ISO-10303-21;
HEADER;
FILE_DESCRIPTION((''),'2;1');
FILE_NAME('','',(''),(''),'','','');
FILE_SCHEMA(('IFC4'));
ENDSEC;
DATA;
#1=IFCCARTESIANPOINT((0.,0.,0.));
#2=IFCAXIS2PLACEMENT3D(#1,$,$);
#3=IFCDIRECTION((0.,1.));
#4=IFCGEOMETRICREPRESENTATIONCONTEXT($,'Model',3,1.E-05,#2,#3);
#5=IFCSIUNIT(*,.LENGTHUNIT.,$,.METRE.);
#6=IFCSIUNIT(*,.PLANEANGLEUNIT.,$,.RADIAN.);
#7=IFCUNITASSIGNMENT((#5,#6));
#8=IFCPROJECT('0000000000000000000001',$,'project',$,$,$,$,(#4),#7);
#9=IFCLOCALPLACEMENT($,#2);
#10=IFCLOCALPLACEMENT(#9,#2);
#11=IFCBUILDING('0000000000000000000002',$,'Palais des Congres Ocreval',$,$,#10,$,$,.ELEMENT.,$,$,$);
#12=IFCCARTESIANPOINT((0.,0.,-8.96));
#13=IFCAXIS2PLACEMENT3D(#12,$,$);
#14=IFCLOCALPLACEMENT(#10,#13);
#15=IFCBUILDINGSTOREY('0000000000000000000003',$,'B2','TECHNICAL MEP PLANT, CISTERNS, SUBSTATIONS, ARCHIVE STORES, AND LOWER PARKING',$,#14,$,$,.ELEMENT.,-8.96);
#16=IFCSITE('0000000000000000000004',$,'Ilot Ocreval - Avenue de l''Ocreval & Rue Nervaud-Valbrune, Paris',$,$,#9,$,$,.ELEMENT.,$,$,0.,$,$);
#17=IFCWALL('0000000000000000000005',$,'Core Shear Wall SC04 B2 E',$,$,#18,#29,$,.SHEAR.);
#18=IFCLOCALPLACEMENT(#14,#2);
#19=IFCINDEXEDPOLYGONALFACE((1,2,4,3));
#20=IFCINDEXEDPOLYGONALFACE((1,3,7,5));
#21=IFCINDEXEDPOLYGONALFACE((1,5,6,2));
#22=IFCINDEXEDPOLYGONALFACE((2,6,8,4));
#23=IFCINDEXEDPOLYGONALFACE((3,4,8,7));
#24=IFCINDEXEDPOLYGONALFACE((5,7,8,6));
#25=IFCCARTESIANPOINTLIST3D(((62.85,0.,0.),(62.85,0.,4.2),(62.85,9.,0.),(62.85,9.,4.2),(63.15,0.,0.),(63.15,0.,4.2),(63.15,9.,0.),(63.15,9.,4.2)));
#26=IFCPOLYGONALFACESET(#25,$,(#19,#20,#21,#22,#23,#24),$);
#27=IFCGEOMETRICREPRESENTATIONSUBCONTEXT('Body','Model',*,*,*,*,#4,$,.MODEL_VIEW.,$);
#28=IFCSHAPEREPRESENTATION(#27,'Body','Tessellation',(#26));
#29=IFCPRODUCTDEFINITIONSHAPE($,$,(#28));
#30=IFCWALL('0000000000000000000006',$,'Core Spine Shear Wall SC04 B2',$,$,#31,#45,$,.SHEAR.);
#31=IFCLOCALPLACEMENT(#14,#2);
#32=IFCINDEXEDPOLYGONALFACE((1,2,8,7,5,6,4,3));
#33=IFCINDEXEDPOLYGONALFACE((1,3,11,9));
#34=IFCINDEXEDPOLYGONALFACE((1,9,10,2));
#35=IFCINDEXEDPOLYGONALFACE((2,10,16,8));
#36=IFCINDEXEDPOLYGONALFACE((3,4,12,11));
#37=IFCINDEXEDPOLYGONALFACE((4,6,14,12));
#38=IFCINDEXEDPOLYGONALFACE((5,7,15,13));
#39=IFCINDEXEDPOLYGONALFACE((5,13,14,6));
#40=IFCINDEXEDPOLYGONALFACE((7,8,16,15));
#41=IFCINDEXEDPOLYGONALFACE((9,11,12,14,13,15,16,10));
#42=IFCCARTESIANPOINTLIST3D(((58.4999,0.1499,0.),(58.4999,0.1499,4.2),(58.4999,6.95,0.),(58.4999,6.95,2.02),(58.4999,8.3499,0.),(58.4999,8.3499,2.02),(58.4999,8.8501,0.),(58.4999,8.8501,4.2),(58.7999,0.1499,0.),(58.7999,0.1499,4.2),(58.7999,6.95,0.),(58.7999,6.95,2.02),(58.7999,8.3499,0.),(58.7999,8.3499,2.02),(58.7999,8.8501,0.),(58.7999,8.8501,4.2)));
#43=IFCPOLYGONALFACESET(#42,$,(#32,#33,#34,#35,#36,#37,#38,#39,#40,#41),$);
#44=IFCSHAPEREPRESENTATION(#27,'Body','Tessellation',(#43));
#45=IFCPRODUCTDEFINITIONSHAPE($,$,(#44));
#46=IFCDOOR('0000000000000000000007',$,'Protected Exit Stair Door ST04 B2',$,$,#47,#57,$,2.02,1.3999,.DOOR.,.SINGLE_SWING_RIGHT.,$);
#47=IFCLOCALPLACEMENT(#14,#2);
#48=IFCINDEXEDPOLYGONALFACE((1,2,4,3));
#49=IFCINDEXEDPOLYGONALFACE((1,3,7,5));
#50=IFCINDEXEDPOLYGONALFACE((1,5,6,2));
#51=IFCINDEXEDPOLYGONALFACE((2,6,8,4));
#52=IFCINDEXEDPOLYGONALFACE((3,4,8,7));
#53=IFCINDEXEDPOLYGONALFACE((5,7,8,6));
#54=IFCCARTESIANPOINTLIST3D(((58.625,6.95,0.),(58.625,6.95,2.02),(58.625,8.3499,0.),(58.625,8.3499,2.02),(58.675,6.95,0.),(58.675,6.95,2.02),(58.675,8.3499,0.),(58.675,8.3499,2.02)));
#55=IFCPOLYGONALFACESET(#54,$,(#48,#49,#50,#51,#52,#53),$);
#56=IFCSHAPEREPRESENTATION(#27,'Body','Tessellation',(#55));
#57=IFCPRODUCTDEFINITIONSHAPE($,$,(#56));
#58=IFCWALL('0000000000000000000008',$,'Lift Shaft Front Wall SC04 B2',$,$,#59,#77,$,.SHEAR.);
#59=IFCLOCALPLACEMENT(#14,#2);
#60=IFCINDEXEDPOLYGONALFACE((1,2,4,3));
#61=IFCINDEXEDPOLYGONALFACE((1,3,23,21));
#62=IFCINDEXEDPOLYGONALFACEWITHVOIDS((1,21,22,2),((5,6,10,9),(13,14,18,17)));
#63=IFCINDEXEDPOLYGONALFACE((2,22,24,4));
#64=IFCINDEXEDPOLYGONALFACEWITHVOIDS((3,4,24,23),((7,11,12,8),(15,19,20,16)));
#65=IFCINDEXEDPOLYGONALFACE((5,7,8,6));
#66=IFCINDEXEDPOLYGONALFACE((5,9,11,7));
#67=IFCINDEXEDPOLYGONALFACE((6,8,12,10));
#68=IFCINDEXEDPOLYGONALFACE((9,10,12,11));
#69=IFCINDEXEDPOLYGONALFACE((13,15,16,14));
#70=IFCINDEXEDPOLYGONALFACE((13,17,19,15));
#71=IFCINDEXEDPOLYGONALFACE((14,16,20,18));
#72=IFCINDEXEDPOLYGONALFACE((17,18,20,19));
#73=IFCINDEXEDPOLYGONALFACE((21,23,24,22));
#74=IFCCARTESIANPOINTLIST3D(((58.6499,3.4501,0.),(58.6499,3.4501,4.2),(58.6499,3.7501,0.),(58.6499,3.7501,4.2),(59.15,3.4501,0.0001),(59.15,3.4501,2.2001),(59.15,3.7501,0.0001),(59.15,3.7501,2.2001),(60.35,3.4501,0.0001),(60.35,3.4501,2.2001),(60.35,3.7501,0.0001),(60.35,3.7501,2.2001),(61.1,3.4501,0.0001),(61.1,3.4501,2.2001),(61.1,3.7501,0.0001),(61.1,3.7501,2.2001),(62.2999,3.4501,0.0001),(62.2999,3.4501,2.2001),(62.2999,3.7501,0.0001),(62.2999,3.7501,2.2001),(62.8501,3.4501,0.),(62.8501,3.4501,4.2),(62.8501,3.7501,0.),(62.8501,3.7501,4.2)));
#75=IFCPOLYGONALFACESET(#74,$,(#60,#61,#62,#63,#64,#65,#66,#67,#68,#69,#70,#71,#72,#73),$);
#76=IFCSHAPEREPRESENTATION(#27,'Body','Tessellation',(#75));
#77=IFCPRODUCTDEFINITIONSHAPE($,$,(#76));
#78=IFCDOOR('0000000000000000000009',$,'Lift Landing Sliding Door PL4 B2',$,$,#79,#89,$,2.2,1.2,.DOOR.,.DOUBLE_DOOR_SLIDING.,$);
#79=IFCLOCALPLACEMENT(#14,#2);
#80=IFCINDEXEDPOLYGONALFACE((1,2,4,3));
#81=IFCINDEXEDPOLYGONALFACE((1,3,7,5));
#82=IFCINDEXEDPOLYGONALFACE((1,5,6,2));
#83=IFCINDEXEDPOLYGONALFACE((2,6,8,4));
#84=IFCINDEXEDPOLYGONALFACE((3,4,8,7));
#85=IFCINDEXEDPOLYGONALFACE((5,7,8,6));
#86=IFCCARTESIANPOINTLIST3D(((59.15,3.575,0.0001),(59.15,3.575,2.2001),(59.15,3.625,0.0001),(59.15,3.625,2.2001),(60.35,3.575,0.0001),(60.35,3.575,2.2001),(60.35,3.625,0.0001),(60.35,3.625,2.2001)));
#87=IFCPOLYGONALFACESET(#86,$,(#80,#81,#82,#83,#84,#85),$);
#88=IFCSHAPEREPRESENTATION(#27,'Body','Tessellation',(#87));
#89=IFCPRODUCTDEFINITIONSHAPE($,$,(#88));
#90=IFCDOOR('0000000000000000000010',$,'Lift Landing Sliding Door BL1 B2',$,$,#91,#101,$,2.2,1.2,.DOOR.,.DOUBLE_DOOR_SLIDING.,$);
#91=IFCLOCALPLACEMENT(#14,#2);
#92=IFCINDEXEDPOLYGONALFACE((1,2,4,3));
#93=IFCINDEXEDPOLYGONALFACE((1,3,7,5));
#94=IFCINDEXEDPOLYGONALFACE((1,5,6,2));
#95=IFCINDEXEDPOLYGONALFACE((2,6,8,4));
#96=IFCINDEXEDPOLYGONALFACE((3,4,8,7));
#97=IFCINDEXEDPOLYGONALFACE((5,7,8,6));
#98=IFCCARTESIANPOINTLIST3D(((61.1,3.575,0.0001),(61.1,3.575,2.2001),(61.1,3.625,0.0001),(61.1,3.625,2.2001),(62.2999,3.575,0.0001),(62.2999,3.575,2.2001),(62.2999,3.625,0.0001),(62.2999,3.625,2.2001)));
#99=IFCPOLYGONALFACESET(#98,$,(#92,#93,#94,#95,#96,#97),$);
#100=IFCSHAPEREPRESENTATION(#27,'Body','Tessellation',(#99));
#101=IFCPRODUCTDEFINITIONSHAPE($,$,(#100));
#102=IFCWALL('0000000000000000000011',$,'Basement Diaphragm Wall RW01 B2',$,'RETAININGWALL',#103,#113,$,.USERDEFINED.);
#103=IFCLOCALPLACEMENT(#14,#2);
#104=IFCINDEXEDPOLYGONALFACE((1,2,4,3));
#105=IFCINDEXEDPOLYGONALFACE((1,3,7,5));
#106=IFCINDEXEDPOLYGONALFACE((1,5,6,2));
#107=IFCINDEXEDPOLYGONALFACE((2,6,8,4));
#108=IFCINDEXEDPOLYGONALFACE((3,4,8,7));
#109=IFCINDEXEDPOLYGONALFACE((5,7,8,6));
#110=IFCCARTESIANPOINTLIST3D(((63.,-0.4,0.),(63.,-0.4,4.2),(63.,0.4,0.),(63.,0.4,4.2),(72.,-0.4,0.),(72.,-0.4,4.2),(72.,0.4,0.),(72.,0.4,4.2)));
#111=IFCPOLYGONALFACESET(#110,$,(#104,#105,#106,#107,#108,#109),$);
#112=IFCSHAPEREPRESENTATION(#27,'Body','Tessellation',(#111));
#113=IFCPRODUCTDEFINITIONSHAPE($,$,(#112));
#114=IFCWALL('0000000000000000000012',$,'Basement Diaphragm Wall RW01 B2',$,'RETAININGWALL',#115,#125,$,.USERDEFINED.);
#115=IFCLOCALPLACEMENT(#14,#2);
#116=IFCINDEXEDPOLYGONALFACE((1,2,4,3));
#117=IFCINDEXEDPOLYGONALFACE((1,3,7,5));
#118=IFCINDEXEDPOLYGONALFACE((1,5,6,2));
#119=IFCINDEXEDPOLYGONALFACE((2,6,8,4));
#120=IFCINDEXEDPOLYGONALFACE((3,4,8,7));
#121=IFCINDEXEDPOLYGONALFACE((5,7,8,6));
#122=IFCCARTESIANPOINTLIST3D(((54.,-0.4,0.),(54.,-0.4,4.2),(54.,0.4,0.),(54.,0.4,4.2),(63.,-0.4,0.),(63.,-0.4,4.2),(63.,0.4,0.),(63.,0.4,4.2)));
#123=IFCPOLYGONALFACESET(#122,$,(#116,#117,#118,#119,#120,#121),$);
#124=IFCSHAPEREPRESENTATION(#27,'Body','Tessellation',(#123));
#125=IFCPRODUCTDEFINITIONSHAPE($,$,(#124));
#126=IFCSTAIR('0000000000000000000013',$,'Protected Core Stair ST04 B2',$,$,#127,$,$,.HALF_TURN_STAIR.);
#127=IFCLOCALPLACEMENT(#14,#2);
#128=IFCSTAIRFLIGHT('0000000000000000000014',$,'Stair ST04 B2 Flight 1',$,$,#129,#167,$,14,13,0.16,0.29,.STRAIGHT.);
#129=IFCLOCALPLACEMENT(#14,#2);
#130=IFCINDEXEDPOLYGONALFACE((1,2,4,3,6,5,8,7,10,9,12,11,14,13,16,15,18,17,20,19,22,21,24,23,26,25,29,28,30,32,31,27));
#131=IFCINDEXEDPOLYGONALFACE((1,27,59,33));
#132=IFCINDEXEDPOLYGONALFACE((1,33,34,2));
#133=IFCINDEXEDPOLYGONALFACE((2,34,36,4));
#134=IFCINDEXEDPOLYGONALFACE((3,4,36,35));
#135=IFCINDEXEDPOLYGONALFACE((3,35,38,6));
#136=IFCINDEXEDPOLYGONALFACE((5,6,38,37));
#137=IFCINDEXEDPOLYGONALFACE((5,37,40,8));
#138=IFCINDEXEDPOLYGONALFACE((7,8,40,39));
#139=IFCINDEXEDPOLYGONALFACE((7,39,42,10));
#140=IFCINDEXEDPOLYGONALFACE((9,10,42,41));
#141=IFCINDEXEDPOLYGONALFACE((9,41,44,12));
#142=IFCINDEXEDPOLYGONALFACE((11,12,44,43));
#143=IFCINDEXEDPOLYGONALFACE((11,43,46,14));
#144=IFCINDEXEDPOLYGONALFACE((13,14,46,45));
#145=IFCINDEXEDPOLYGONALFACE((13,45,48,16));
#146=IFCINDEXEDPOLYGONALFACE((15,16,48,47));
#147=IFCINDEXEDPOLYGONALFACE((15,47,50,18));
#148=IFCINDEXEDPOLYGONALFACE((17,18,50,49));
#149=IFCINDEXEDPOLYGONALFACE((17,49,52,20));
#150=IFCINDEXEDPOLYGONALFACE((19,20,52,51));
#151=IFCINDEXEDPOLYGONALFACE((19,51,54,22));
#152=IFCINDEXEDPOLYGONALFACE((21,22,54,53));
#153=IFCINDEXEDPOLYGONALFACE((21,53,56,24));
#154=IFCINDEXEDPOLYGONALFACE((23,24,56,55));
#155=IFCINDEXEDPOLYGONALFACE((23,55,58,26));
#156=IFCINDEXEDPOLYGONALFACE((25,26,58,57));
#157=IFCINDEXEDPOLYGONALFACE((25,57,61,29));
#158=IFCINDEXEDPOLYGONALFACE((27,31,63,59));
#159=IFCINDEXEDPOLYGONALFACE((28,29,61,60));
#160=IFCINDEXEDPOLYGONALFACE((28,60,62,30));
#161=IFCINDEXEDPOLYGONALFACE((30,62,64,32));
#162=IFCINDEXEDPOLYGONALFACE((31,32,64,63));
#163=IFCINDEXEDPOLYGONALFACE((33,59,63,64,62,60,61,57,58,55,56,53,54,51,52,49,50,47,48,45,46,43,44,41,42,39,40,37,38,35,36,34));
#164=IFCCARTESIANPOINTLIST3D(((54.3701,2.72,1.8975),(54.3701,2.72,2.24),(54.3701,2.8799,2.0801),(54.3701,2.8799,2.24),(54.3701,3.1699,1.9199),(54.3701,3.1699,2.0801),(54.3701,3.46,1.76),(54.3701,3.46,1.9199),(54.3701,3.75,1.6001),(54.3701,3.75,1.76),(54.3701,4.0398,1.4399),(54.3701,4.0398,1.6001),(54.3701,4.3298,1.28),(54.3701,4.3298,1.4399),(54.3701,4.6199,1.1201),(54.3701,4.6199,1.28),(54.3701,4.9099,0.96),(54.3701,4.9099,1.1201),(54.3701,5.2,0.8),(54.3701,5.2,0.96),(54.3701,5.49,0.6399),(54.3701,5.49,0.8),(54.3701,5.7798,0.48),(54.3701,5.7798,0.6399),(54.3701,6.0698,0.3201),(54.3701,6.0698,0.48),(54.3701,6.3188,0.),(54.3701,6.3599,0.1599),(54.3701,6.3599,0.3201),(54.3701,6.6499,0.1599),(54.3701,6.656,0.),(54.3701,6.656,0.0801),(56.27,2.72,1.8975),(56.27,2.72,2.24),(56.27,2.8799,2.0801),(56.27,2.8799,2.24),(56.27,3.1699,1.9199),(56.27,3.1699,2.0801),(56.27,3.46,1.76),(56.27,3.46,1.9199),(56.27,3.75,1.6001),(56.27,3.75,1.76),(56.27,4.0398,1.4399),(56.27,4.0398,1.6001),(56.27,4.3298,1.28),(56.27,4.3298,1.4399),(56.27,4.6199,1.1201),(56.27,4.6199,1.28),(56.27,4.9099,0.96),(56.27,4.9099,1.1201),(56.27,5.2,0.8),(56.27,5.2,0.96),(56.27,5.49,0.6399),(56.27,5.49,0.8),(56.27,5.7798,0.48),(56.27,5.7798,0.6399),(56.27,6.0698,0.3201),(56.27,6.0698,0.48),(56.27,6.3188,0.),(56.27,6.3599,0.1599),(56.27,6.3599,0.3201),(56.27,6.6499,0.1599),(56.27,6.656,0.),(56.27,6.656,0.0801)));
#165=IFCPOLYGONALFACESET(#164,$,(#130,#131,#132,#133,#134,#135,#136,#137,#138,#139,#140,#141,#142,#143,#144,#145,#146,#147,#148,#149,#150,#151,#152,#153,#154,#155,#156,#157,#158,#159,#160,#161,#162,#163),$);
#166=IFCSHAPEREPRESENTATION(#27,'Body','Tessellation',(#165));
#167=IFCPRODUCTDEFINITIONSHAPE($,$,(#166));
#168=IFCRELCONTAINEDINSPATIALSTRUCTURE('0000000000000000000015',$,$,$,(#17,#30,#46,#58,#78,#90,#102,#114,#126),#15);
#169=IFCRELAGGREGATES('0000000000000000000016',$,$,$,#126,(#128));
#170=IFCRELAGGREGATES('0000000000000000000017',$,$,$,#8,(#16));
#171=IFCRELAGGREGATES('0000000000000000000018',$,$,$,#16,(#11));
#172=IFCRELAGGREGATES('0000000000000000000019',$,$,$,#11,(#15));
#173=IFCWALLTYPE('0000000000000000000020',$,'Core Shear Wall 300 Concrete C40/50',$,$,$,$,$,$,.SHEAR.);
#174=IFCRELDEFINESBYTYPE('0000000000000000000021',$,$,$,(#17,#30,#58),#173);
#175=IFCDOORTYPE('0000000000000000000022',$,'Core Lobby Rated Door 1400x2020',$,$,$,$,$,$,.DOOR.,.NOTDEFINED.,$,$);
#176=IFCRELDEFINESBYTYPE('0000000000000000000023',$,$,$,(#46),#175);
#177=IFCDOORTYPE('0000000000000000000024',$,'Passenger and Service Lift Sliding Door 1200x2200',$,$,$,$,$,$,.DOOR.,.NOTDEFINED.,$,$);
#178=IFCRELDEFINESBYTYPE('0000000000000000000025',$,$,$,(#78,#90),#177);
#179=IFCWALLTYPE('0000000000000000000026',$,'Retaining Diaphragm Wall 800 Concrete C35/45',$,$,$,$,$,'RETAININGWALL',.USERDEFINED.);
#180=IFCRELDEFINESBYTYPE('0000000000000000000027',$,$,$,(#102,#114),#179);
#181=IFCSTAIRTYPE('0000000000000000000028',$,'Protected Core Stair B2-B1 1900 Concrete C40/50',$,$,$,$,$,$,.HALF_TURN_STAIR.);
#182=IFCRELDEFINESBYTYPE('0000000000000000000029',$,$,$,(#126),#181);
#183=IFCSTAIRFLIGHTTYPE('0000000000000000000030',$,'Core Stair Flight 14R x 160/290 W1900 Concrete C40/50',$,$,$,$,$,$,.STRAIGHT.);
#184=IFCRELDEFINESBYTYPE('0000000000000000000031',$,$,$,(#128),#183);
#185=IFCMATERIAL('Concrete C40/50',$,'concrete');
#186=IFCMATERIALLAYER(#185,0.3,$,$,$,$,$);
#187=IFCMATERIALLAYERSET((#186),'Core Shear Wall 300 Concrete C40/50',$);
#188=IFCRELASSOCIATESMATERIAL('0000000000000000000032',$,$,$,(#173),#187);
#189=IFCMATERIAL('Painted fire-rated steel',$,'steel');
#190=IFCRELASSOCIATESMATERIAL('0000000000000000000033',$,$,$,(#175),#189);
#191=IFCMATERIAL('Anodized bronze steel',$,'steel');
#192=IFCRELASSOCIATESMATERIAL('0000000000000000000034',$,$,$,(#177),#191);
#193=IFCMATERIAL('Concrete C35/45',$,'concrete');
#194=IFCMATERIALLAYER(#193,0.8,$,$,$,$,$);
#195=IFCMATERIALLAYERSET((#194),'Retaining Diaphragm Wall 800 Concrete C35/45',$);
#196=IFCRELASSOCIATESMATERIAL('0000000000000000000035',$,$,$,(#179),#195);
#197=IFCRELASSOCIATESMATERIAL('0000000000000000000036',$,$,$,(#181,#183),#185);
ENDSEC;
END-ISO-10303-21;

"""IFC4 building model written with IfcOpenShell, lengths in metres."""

from ifc_helpers import new_model, si_unit, direction, frame, frame_2d, origin, place, context, subcontext, project, spatial, polyline, rectangle, outline, extrude, material, layer, layer_set, type_object, element, fill, aggregate, save


model = new_model("IFC4")

# Units and contexts
model_context = context("Model", 3, precision=1e-05, world=origin(), true_north=direction((0.0, 1.0)))
body_context = subcontext(model_context, "Body", "Model", "MODEL_VIEW")
ifc_project = project(units=[si_unit("LENGTHUNIT", "METRE"), si_unit("PLANEANGLEUNIT", "RADIAN")], contexts=[model_context])

# Site, building, storey
site_placement = place(None, origin())
site = spatial("IfcSite", under=ifc_project, at=site_placement, Name="Ilot Ocreval - Avenue de l'Ocreval & Rue Nervaud-Valbrune, Paris", CompositionType="ELEMENT", RefElevation=0.0)
building_placement = place(site_placement, origin())
building = spatial("IfcBuilding", under=site, at=building_placement, Name="Palais des Congres Ocreval", CompositionType="ELEMENT")
storey_placement = place(building_placement, frame((0.0, 0.0, -8.96)))
storey = spatial("IfcBuildingStorey", under=building, at=storey_placement, Name="B2", Description="TECHNICAL MEP PLANT, CISTERNS, SUBSTATIONS, ARCHIVE STORES, AND LOWER PARKING", CompositionType="ELEMENT", Elevation=-8.96)

# Shared definitions
ifc_material_1 = material(Name="Concrete C35/45", Category="concrete")

# Shared definitions
ifc_material_2 = material(Name="Concrete C40/50", Category="concrete")

# Wall
ifc_layer_1 = layer(ifc_material_2, 0.3)
ifc_layer_set_1 = layer_set([ifc_layer_1], Name="Core Shear Wall 300 Concrete C40/50")
wall_type_1 = type_object("IfcWallType", Name="Core Shear Wall 300 Concrete C40/50", PredefinedType="SHEAR", material=ifc_layer_set_1)
wall_1_placement = place(storey_placement, frame((63.0, 0.0, 0.0), z_axis=(0.0, 0.0, 1.0), x_axis=(0.0, 1.0, 0.0)))
element("IfcWall", 1, at=wall_1_placement, inside=storey, type_object=wall_type_1, Name="Core Shear Wall SC04 B2 E", PredefinedType="SHEAR", context=body_context, shape_type="SweptSolid", body=[
    extrude(rectangle(XDim=9.0, YDim=0.3, at=frame_2d((4.5, 0.0))), origin(), (0.0, 0.0, 1.0), 4.2),
])

# Wall, opening, door
wall_2_placement = place(storey_placement, frame((58.6499, 0.1499, 0.0), z_axis=(0.0, 0.0, 1.0), x_axis=(0.0, 1.0, 0.0)))
wall_2 = element("IfcWall", 2, at=wall_2_placement, inside=storey, type_object=wall_type_1, Name="Core Spine Shear Wall SC04 B2", PredefinedType="SHEAR", context=body_context, shape_type="SweptSolid", body=[
    extrude(rectangle(XDim=8.7002, YDim=0.3, at=frame_2d((4.3501, 0.0))), origin(), (0.0, 0.0, 1.0), 4.2),
])
opening_1_placement = place(wall_2_placement, frame((6.8, 0.0, 0.0)))
opening_1 = element("IfcOpeningElement", 3, at=opening_1_placement, cuts=wall_2, PredefinedType="OPENING", context=body_context, shape_type="SweptSolid", body=[
    extrude(rectangle(XDim=1.3999, YDim=2.02, at=frame_2d((0.7, 1.01))), frame((0.0, 0.1599, 0.0), z_axis=(0.0, -1.0, 0.0), x_axis=(1.0, 0.0, 0.0)), (0.0, 0.0, 1.0), 0.3201),
])
ifc_material_3 = material(Name="Painted fire-rated steel", Category="steel")
door_type_1 = type_object("IfcDoorType", Name="Core Lobby Rated Door 1400x2020", OperationType="NOTDEFINED", PredefinedType="DOOR", material=ifc_material_3)
door_1_placement = place(opening_1_placement, origin())
door_1 = element("IfcDoor", 4, at=door_1_placement, inside=storey, type_object=door_type_1, Name="Protected Exit Stair Door ST04 B2", OperationType="SINGLE_SWING_RIGHT", OverallHeight=2.02, OverallWidth=1.3999, PredefinedType="DOOR", context=body_context, shape_type="SweptSolid", body=[
    extrude(rectangle(XDim=1.3999, YDim=2.02, at=frame_2d((0.7, 1.01))), frame((0.0, 0.0249, 0.0), z_axis=(0.0, -1.0, 0.0), x_axis=(1.0, 0.0, 0.0)), (0.0, 0.0, 1.0), 0.05),
])
fill(opening_1, door_1)

# Wall, openings, doors
wall_3_placement = place(storey_placement, frame((58.6499, 3.6001, 0.0), z_axis=(0.0, 0.0, 1.0), x_axis=(1.0, 0.0, 0.0)))
wall_3 = element("IfcWall", 5, at=wall_3_placement, inside=storey, type_object=wall_type_1, Name="Lift Shaft Front Wall SC04 B2", PredefinedType="SHEAR", context=body_context, shape_type="SweptSolid", body=[
    extrude(rectangle(XDim=4.2002, YDim=0.3, at=frame_2d((2.1001, 0.0))), origin(), (0.0, 0.0, 1.0), 4.2),
])
opening_2_placement = place(wall_3_placement, frame((0.5, 0.0, 0.0)))
opening_2 = element("IfcOpeningElement", 6, at=opening_2_placement, cuts=wall_3, PredefinedType="OPENING", context=body_context, shape_type="SweptSolid", body=[
    extrude(rectangle(XDim=1.2, YDim=2.2, at=frame_2d((0.6001, 1.1001))), frame((0.0, 0.1599, 0.0), z_axis=(0.0, -1.0, 0.0), x_axis=(1.0, 0.0, 0.0)), (0.0, 0.0, 1.0), 0.3201),
])
opening_3_placement = place(wall_3_placement, frame((2.45, 0.0, 0.0)))
opening_3 = element("IfcOpeningElement", 7, at=opening_3_placement, cuts=wall_3, PredefinedType="OPENING", context=body_context, shape_type="SweptSolid", body=[
    extrude(rectangle(XDim=1.2, YDim=2.2, at=frame_2d((0.6001, 1.1001))), frame((0.0, 0.1599, 0.0), z_axis=(0.0, -1.0, 0.0), x_axis=(1.0, 0.0, 0.0)), (0.0, 0.0, 1.0), 0.3201),
])
ifc_material_4 = material(Name="Anodized bronze steel", Category="steel")
door_type_2 = type_object("IfcDoorType", Name="Passenger and Service Lift Sliding Door 1200x2200", OperationType="NOTDEFINED", PredefinedType="DOOR", material=ifc_material_4)
door_2_placement = place(opening_2_placement, origin())
door_2 = element("IfcDoor", 8, at=door_2_placement, inside=storey, type_object=door_type_2, Name="Lift Landing Sliding Door PL4 B2", OperationType="DOUBLE_DOOR_SLIDING", OverallHeight=2.2, OverallWidth=1.2, PredefinedType="DOOR", context=body_context, shape_type="SweptSolid", body=[
    extrude(rectangle(XDim=1.2, YDim=2.2, at=frame_2d((0.6001, 1.1001))), frame((0.0, 0.0249, 0.0), z_axis=(0.0, -1.0, 0.0), x_axis=(1.0, 0.0, 0.0)), (0.0, 0.0, 1.0), 0.05),
])
fill(opening_2, door_2)
door_3_placement = place(opening_3_placement, origin())
door_3 = element("IfcDoor", 9, at=door_3_placement, inside=storey, type_object=door_type_2, Name="Lift Landing Sliding Door BL1 B2", OperationType="DOUBLE_DOOR_SLIDING", OverallHeight=2.2, OverallWidth=1.2, PredefinedType="DOOR", context=body_context, shape_type="SweptSolid", body=[
    extrude(rectangle(XDim=1.2, YDim=2.2, at=frame_2d((0.6001, 1.1001))), frame((0.0, 0.0249, 0.0), z_axis=(0.0, -1.0, 0.0), x_axis=(1.0, 0.0, 0.0)), (0.0, 0.0, 1.0), 0.05),
])
fill(opening_3, door_3)

# Walls
ifc_layer_2 = layer(ifc_material_1, 0.8)
ifc_layer_set_2 = layer_set([ifc_layer_2], Name="Retaining Diaphragm Wall 800 Concrete C35/45")
wall_type_2 = type_object("IfcWallType", Name="Retaining Diaphragm Wall 800 Concrete C35/45", ElementType="RETAININGWALL", PredefinedType="USERDEFINED", material=ifc_layer_set_2)
for number, where, z_axis, x_axis, name in (
    (10, (72.0, 0.0, 0.0), (0.0, 0.0, 1.0), (-1.0, 0.0, 0.0), "Basement Diaphragm Wall RW01 B2"),
    (11, (63.0, 0.0, 0.0), (0.0, 0.0, 1.0), (-1.0, 0.0, 0.0), "Basement Diaphragm Wall RW01 B2"),
):
    element("IfcWall", number, at=place(storey_placement, frame(where, z_axis=z_axis, x_axis=x_axis)), inside=storey, type_object=wall_type_2, Name=name, ObjectType="RETAININGWALL", PredefinedType="USERDEFINED", context=body_context, shape_type="SweptSolid", body=[
        extrude(rectangle(XDim=9.0, YDim=0.8, at=frame_2d((4.5, 0.0))), origin(), (0.0, 0.0, 1.0), 4.2),
    ])

# Stair, stair flight
stair_type = type_object("IfcStairType", Name="Protected Core Stair B2-B1 1900 Concrete C40/50", PredefinedType="HALF_TURN_STAIR", material=ifc_material_2)
stair_placement = place(storey_placement, origin())
stair = element("IfcStair", 12, at=stair_placement, inside=storey, type_object=stair_type, Name="Protected Core Stair ST04 B2", PredefinedType="HALF_TURN_STAIR")
stair_flight_type = type_object("IfcStairFlightType", Name="Core Stair Flight 14R x 160/290 W1900 Concrete C40/50", PredefinedType="STRAIGHT", material=ifc_material_2)
stair_flight_1_placement = place(storey_placement, frame((55.3201, 6.6499, 0.0), z_axis=(0.0, 0.0, 1.0), x_axis=(0.0, -1.0, 0.0)))
stair_flight_1 = element("IfcStairFlight", 13, at=stair_flight_1_placement, type_object=stair_flight_type, Name="Stair ST04 B2 Flight 1", NumberOfRisers=14, NumberOfTreads=13, PredefinedType="STRAIGHT", RiserHeight=0.16, TreadLength=0.29, context=body_context, shape_type="SweptSolid", body=[
    extrude(outline(polyline([(-0.0061, 0.0), (-0.0061, 0.0801), (0.0, 0.1599), (0.29, 0.1599), (0.29, 0.3201), (0.5801, 0.3201), (0.5801, 0.48), (0.8701, 0.48), (0.8701, 0.6399), (1.1599, 0.6399), (1.1599, 0.8), (1.45, 0.8), (1.45, 0.96), (1.74, 0.96), (1.74, 1.1201), (2.03, 1.1201), (2.03, 1.28), (2.3201, 1.28), (2.3201, 1.4399), (2.6101, 1.4399), (2.6101, 1.6001), (2.8999, 1.6001), (2.8999, 1.76), (3.1899, 1.76), (3.1899, 1.9199), (3.48, 1.9199), (3.48, 2.0801), (3.77, 2.0801), (3.77, 2.24), (3.9299, 2.24), (3.9299, 1.8975), (0.3311, 0.0), (-0.0061, 0.0)])), frame((0.0, 0.95, 0.0), z_axis=(0.0, -1.0, 0.0), x_axis=(1.0, 0.0, 0.0)), (0.0, 0.0, 1.0), 1.8999),
])
aggregate(stair, [stair_flight_1])

save(model, "model.ifc")
